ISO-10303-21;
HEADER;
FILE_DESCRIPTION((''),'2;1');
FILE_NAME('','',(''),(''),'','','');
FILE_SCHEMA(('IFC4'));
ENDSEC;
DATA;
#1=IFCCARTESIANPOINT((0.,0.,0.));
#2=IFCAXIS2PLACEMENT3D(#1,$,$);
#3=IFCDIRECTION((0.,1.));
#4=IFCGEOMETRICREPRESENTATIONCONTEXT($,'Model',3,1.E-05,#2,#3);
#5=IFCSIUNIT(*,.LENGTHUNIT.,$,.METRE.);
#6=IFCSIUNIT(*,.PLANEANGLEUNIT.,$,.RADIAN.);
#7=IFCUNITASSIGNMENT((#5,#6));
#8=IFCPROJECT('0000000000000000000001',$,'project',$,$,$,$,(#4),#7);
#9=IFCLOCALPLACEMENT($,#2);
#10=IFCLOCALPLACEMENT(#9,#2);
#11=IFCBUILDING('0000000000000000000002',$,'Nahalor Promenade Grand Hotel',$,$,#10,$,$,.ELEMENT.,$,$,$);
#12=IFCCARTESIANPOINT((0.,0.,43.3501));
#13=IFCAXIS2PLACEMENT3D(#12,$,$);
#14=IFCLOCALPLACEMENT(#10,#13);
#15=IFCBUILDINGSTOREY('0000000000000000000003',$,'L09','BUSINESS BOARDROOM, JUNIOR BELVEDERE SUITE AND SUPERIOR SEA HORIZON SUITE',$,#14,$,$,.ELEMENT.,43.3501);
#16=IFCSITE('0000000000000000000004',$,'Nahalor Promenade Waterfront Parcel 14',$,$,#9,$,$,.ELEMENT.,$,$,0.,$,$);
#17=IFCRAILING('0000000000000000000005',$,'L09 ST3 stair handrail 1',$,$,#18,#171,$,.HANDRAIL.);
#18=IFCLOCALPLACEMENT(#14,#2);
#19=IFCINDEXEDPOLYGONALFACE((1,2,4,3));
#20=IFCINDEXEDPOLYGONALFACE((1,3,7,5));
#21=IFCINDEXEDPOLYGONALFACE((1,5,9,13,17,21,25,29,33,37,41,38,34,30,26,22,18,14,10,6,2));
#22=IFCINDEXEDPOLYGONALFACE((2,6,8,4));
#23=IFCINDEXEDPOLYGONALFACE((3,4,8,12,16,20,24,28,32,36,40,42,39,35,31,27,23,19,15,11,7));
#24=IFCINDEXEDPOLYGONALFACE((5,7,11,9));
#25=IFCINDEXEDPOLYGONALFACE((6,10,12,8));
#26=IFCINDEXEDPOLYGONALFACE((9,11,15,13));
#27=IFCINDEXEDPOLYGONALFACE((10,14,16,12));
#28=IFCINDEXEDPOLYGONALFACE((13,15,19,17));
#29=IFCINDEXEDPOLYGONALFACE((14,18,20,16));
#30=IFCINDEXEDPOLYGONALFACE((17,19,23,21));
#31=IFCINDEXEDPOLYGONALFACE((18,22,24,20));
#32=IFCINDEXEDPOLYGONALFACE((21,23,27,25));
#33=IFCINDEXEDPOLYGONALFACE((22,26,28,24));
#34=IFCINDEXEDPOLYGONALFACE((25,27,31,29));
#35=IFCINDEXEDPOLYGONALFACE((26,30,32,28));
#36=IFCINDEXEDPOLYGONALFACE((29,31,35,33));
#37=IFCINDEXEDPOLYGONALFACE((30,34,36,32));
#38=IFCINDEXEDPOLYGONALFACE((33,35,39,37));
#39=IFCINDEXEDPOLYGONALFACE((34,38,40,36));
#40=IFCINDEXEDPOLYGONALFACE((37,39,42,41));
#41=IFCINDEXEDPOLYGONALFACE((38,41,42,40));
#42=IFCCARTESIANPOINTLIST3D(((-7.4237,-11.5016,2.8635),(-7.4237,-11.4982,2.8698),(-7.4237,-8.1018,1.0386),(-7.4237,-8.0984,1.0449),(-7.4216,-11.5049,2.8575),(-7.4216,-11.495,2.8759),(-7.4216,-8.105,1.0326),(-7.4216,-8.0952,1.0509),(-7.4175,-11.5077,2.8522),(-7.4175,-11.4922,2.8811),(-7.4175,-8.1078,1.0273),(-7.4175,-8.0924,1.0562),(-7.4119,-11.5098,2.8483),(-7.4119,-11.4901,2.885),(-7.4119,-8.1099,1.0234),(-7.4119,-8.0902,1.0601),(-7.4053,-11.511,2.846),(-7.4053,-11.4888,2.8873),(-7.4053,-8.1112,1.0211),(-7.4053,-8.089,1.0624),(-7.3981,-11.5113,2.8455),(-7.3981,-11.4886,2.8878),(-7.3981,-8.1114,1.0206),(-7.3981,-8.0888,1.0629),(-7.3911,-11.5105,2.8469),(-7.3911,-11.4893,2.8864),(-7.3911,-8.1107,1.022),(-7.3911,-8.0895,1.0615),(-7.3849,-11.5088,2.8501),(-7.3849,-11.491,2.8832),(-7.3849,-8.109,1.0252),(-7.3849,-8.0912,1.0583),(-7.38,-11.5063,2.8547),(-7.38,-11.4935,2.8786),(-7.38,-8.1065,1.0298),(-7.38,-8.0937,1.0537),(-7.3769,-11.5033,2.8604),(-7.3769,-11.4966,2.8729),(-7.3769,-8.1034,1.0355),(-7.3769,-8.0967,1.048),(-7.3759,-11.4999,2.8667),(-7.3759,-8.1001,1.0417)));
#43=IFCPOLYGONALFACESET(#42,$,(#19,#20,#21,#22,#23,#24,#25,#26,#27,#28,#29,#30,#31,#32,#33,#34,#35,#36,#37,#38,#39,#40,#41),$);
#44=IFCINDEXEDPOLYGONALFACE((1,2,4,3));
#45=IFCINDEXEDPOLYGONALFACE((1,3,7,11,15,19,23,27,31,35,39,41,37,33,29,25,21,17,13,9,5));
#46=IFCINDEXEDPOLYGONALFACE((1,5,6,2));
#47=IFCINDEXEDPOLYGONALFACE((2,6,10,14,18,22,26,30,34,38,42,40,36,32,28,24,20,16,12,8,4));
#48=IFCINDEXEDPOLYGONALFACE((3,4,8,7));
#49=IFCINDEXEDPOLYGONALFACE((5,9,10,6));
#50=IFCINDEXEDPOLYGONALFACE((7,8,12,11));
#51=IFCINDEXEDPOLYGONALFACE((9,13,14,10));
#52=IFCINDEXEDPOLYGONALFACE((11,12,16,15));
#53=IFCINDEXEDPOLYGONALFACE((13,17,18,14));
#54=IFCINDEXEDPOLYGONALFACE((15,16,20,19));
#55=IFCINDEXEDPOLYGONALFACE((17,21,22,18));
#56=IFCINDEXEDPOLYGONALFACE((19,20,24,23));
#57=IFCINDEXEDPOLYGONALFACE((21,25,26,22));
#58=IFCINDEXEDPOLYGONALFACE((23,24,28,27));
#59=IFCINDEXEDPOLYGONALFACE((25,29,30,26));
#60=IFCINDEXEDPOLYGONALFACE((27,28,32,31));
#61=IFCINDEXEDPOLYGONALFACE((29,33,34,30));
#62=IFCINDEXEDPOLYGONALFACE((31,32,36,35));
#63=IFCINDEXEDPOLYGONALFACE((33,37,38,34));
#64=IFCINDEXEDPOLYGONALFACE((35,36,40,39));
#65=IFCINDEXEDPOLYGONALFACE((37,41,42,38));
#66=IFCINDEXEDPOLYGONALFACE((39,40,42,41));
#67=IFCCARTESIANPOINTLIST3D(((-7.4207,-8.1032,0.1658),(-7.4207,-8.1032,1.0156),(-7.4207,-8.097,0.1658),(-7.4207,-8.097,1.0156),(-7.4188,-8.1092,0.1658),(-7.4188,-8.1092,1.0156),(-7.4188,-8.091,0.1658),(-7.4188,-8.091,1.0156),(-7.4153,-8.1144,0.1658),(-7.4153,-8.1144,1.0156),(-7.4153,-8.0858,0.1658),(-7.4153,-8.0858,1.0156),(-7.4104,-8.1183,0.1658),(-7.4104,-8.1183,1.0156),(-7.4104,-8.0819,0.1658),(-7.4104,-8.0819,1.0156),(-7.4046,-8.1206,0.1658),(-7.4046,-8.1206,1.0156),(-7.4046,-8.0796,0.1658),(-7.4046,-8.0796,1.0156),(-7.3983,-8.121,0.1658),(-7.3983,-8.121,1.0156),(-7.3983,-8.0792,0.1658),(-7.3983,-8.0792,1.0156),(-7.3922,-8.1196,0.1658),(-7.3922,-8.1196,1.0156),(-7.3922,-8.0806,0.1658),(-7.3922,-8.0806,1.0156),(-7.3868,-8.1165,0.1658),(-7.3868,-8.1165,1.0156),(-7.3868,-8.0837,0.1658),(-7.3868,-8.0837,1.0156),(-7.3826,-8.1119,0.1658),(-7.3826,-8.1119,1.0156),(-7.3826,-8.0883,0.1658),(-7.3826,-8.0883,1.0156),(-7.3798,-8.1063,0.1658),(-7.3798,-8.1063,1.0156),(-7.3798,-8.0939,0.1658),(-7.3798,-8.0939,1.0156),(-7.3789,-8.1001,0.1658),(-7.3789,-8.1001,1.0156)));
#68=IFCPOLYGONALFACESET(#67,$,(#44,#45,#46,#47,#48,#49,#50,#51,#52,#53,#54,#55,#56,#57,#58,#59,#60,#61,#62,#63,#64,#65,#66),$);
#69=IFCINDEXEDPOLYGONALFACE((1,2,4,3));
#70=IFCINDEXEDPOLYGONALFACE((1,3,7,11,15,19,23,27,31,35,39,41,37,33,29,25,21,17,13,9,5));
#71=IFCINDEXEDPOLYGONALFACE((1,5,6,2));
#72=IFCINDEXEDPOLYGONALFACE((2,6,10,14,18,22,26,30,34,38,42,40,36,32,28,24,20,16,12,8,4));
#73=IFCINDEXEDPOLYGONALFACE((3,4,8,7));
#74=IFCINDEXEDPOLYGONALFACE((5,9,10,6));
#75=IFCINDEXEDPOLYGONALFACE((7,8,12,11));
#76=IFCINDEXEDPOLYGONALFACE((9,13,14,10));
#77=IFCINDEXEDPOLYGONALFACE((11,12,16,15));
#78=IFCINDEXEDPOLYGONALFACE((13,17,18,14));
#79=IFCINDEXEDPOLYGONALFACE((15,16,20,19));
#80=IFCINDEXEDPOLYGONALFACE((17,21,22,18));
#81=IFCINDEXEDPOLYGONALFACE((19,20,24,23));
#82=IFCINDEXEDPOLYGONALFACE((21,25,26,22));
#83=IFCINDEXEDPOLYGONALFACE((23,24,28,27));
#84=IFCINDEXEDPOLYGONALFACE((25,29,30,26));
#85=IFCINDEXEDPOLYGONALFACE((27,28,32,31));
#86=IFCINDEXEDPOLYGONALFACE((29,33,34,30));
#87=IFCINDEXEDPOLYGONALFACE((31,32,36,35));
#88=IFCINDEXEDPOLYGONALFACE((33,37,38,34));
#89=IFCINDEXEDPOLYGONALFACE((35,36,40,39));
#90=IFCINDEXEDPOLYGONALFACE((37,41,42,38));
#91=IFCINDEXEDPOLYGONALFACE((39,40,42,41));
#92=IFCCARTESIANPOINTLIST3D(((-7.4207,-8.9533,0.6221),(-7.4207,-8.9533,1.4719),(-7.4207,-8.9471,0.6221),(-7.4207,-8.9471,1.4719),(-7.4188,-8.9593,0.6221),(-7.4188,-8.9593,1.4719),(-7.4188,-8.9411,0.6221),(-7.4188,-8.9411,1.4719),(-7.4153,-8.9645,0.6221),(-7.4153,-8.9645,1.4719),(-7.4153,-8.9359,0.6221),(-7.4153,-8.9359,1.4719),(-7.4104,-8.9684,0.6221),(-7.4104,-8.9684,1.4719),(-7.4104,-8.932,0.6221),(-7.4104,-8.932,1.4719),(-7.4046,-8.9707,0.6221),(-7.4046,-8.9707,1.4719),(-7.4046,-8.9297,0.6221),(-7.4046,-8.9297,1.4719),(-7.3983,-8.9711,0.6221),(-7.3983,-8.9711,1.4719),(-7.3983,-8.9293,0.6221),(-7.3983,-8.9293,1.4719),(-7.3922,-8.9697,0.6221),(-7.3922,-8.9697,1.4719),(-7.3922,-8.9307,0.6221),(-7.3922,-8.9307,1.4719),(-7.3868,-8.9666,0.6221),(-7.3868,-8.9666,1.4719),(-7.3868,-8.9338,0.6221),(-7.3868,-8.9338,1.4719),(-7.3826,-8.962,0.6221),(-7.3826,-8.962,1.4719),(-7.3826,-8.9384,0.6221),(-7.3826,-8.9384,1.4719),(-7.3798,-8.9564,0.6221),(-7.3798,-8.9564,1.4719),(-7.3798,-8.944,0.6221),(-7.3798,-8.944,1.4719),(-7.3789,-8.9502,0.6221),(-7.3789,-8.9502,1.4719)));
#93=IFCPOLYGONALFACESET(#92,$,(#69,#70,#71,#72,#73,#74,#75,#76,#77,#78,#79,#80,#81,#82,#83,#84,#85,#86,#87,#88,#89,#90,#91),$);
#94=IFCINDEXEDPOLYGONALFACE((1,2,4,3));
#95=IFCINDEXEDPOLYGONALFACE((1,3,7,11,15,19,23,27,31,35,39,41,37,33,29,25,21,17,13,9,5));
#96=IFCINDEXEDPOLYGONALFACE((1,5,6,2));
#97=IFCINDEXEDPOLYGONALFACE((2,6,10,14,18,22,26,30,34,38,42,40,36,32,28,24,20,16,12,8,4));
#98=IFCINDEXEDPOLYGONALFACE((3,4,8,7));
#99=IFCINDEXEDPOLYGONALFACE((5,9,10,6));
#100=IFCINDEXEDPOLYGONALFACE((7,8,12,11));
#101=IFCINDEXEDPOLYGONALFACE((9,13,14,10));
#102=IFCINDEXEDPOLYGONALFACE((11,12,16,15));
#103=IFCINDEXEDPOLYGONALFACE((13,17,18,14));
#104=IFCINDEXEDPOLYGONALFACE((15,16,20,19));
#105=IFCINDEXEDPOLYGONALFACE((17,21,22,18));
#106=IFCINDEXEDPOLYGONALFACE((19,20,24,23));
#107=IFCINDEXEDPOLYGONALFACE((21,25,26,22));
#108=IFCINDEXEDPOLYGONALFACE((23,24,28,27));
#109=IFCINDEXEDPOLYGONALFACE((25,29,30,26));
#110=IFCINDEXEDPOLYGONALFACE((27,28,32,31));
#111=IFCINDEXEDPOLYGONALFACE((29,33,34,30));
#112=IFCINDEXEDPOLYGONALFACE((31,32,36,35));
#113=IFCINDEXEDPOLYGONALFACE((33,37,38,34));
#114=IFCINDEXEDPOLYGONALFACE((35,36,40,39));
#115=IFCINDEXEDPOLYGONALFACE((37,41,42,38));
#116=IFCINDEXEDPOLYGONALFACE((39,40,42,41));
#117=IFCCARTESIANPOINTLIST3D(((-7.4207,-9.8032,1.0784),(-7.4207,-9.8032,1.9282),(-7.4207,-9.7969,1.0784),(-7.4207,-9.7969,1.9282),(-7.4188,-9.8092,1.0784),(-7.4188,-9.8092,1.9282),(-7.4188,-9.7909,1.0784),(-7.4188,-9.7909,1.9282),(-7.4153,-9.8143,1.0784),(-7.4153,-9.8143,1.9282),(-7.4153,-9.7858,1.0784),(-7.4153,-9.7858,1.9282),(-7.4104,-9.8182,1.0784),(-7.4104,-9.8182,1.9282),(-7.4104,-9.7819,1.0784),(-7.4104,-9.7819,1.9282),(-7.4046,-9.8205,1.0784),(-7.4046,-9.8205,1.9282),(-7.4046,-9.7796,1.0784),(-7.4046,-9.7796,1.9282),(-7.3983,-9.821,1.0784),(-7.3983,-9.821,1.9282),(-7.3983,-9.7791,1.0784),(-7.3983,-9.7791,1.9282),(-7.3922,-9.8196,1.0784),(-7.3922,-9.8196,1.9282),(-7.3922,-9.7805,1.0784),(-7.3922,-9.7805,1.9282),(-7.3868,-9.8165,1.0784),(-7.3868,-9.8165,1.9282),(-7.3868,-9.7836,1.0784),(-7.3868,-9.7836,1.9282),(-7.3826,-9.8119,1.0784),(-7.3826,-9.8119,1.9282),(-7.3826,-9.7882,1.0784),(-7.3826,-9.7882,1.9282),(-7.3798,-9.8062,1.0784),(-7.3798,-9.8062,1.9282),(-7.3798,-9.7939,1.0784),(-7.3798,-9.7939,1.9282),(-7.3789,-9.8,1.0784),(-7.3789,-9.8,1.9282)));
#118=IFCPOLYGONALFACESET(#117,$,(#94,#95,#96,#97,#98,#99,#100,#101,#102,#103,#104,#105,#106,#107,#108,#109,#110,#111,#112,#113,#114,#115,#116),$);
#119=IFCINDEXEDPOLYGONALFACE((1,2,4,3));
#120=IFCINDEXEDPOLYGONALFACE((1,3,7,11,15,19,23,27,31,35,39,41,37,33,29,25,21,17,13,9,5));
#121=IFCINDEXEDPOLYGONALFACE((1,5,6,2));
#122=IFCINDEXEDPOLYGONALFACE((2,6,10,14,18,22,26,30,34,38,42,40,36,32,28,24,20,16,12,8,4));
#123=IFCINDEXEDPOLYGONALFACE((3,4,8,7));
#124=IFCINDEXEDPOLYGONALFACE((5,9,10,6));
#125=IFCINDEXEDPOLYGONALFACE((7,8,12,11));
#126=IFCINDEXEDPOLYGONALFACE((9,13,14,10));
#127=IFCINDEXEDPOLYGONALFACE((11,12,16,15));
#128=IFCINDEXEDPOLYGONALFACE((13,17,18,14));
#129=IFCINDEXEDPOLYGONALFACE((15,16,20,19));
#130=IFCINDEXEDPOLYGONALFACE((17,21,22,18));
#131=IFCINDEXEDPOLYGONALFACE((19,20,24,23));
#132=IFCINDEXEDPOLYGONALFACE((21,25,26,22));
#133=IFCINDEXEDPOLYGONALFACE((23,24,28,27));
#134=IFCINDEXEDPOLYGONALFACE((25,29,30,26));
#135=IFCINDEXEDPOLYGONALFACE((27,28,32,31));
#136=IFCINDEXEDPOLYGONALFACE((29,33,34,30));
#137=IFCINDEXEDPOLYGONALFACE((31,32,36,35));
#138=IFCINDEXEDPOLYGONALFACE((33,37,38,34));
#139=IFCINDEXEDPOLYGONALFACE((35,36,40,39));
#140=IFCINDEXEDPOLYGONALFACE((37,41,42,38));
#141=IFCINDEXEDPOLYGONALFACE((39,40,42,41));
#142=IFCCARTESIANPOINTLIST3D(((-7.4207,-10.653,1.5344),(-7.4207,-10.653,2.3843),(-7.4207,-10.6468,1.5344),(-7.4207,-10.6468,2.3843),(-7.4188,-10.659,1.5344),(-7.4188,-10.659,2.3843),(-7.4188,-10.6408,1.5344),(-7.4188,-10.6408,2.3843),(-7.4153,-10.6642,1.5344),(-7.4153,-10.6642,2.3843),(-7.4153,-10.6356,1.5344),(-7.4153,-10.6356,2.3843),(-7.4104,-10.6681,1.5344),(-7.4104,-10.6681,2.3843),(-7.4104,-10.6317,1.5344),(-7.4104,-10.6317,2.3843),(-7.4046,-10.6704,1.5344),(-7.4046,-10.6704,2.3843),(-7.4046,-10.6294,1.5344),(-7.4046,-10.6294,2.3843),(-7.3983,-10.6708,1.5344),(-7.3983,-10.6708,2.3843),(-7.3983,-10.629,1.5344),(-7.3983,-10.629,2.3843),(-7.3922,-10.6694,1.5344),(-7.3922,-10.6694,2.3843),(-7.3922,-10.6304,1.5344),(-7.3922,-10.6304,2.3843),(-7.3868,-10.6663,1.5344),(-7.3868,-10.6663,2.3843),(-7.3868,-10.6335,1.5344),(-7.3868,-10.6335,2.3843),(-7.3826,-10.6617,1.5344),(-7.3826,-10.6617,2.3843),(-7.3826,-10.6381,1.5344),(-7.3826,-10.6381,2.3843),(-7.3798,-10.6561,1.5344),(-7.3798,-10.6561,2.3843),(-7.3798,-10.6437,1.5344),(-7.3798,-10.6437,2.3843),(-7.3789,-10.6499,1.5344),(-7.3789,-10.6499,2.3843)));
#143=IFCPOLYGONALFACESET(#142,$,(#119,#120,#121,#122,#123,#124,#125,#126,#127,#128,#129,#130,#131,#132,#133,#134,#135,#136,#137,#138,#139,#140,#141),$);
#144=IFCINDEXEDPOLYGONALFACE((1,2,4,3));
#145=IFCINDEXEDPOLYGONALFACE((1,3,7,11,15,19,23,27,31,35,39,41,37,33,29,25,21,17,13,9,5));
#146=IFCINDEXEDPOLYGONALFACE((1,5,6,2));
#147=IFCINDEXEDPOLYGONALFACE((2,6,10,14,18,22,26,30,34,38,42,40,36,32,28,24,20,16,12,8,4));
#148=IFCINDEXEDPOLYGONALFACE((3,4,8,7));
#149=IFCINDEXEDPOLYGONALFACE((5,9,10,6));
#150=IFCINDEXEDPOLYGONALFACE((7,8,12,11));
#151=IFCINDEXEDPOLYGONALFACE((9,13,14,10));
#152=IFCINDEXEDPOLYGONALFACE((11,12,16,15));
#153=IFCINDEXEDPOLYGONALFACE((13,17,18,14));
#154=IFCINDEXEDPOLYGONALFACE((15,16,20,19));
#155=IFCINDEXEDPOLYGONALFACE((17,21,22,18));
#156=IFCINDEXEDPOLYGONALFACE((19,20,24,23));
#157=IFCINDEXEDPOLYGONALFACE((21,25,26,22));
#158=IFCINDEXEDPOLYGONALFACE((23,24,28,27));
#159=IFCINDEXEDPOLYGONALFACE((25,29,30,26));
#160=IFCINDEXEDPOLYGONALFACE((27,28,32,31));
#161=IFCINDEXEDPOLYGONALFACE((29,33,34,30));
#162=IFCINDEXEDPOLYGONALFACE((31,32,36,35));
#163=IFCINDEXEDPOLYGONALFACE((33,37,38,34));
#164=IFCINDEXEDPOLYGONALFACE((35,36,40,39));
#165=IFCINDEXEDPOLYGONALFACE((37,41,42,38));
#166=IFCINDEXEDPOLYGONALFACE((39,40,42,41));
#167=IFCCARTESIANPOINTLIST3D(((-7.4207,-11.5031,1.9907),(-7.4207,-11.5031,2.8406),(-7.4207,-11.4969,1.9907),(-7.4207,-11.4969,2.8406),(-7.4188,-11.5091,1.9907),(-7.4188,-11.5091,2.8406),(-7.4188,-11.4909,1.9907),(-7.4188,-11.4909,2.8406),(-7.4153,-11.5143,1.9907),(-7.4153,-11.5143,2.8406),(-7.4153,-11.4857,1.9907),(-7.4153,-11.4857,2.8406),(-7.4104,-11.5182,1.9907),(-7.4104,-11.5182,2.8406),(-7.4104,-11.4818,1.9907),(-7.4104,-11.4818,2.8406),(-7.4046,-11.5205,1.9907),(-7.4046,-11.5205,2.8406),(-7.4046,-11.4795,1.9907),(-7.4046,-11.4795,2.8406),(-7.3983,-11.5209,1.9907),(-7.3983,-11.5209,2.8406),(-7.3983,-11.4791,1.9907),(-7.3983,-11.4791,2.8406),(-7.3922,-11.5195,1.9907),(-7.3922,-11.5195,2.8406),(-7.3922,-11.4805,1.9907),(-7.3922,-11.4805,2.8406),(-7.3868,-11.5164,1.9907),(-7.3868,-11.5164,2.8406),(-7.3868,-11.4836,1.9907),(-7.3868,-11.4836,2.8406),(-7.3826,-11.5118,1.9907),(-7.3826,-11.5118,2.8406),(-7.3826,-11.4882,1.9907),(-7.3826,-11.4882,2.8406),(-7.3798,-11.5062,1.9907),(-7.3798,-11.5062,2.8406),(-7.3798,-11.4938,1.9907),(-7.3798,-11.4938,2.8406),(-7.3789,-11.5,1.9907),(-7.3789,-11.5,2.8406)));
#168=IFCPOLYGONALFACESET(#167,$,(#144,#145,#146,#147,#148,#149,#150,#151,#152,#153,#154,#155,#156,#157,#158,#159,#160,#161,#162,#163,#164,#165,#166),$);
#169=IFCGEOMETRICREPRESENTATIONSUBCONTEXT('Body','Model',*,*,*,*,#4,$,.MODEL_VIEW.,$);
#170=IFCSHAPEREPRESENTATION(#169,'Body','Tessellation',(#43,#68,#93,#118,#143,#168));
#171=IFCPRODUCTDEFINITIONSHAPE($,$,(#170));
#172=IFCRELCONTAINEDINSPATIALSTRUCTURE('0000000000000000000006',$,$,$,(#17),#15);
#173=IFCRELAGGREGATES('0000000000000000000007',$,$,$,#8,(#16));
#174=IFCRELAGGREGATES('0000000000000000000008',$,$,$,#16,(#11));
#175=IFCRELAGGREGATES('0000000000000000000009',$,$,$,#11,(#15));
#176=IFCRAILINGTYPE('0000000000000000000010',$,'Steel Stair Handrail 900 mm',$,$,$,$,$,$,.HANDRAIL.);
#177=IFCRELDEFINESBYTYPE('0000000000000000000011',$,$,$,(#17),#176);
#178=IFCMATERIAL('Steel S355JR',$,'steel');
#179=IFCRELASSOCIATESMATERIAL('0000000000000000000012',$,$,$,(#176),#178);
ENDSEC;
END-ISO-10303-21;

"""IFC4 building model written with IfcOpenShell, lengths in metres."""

from ifc_helpers import new_model, si_unit, direction, frame, origin, origin_2d, place, context, subcontext, project, spatial, circle, extrude, material, type_object, element, save


model = new_model("IFC4")

# Units and contexts
model_context = context("Model", 3, precision=1e-05, world=origin(), true_north=direction((0.0, 1.0)))
body_context = subcontext(model_context, "Body", "Model", "MODEL_VIEW")
ifc_project = project(units=[si_unit("LENGTHUNIT", "METRE"), si_unit("PLANEANGLEUNIT", "RADIAN")], contexts=[model_context])

# Site, building, storey
site_placement = place(None, origin())
site = spatial("IfcSite", under=ifc_project, at=site_placement, Name="Nahalor Promenade Waterfront Parcel 14", CompositionType="ELEMENT", RefElevation=0.0)
building_placement = place(site_placement, origin())
building = spatial("IfcBuilding", under=site, at=building_placement, Name="Nahalor Promenade Grand Hotel", CompositionType="ELEMENT")
storey_placement = place(building_placement, frame((0.0, 0.0, 43.3501)))
storey = spatial("IfcBuildingStorey", under=building, at=storey_placement, Name="L09", Description="BUSINESS BOARDROOM, JUNIOR BELVEDERE SUITE AND SUPERIOR SEA HORIZON SUITE", CompositionType="ELEMENT", Elevation=43.3501)

# Shared definitions
ifc_material_1 = material(Name="Steel S355JR", Category="steel")

# Railing
railing_type_1 = type_object("IfcRailingType", Name="Steel Stair Handrail 900 mm", PredefinedType="HANDRAIL", material=ifc_material_1)
for number, where, name in (
    (1, (-7.3999, -8.1001, 0.1658), "L09 ST3 stair handrail 1"),
):
    element("IfcRailing", number, at=place(storey_placement, frame(where)), inside=storey, type_object=railing_type_1, Name=name, PredefinedType="HANDRAIL", context=body_context, shape_type="SweptSolid", body=[
        extrude(circle(Radius=0.024, at=origin_2d()), frame((0.0, 0.0, 0.876), z_axis=(0.0, -0.881094, 0.472941), x_axis=(1.0, 0.0, 0.0)), (0.0, 0.0, 1.0), 3.8586),
        extrude(circle(Radius=0.021, at=origin_2d()), origin(), (0.0, 0.0, 1.0), 0.8499),
        extrude(circle(Radius=0.021, at=origin_2d()), frame((0.0, -0.8501, 0.4563)), (0.0, 0.0, 1.0), 0.8499),
        extrude(circle(Radius=0.021, at=origin_2d()), frame((0.0, -1.7, 0.9126)), (0.0, 0.0, 1.0), 0.8499),
        extrude(circle(Radius=0.021, at=origin_2d()), frame((0.0, -2.5498, 1.3687)), (0.0, 0.0, 1.0), 0.8499),
        extrude(circle(Radius=0.021, at=origin_2d()), frame((0.0, -3.3999, 1.825)), (0.0, 0.0, 1.0), 0.8499),
    ])

save(model, "model.ifc")
